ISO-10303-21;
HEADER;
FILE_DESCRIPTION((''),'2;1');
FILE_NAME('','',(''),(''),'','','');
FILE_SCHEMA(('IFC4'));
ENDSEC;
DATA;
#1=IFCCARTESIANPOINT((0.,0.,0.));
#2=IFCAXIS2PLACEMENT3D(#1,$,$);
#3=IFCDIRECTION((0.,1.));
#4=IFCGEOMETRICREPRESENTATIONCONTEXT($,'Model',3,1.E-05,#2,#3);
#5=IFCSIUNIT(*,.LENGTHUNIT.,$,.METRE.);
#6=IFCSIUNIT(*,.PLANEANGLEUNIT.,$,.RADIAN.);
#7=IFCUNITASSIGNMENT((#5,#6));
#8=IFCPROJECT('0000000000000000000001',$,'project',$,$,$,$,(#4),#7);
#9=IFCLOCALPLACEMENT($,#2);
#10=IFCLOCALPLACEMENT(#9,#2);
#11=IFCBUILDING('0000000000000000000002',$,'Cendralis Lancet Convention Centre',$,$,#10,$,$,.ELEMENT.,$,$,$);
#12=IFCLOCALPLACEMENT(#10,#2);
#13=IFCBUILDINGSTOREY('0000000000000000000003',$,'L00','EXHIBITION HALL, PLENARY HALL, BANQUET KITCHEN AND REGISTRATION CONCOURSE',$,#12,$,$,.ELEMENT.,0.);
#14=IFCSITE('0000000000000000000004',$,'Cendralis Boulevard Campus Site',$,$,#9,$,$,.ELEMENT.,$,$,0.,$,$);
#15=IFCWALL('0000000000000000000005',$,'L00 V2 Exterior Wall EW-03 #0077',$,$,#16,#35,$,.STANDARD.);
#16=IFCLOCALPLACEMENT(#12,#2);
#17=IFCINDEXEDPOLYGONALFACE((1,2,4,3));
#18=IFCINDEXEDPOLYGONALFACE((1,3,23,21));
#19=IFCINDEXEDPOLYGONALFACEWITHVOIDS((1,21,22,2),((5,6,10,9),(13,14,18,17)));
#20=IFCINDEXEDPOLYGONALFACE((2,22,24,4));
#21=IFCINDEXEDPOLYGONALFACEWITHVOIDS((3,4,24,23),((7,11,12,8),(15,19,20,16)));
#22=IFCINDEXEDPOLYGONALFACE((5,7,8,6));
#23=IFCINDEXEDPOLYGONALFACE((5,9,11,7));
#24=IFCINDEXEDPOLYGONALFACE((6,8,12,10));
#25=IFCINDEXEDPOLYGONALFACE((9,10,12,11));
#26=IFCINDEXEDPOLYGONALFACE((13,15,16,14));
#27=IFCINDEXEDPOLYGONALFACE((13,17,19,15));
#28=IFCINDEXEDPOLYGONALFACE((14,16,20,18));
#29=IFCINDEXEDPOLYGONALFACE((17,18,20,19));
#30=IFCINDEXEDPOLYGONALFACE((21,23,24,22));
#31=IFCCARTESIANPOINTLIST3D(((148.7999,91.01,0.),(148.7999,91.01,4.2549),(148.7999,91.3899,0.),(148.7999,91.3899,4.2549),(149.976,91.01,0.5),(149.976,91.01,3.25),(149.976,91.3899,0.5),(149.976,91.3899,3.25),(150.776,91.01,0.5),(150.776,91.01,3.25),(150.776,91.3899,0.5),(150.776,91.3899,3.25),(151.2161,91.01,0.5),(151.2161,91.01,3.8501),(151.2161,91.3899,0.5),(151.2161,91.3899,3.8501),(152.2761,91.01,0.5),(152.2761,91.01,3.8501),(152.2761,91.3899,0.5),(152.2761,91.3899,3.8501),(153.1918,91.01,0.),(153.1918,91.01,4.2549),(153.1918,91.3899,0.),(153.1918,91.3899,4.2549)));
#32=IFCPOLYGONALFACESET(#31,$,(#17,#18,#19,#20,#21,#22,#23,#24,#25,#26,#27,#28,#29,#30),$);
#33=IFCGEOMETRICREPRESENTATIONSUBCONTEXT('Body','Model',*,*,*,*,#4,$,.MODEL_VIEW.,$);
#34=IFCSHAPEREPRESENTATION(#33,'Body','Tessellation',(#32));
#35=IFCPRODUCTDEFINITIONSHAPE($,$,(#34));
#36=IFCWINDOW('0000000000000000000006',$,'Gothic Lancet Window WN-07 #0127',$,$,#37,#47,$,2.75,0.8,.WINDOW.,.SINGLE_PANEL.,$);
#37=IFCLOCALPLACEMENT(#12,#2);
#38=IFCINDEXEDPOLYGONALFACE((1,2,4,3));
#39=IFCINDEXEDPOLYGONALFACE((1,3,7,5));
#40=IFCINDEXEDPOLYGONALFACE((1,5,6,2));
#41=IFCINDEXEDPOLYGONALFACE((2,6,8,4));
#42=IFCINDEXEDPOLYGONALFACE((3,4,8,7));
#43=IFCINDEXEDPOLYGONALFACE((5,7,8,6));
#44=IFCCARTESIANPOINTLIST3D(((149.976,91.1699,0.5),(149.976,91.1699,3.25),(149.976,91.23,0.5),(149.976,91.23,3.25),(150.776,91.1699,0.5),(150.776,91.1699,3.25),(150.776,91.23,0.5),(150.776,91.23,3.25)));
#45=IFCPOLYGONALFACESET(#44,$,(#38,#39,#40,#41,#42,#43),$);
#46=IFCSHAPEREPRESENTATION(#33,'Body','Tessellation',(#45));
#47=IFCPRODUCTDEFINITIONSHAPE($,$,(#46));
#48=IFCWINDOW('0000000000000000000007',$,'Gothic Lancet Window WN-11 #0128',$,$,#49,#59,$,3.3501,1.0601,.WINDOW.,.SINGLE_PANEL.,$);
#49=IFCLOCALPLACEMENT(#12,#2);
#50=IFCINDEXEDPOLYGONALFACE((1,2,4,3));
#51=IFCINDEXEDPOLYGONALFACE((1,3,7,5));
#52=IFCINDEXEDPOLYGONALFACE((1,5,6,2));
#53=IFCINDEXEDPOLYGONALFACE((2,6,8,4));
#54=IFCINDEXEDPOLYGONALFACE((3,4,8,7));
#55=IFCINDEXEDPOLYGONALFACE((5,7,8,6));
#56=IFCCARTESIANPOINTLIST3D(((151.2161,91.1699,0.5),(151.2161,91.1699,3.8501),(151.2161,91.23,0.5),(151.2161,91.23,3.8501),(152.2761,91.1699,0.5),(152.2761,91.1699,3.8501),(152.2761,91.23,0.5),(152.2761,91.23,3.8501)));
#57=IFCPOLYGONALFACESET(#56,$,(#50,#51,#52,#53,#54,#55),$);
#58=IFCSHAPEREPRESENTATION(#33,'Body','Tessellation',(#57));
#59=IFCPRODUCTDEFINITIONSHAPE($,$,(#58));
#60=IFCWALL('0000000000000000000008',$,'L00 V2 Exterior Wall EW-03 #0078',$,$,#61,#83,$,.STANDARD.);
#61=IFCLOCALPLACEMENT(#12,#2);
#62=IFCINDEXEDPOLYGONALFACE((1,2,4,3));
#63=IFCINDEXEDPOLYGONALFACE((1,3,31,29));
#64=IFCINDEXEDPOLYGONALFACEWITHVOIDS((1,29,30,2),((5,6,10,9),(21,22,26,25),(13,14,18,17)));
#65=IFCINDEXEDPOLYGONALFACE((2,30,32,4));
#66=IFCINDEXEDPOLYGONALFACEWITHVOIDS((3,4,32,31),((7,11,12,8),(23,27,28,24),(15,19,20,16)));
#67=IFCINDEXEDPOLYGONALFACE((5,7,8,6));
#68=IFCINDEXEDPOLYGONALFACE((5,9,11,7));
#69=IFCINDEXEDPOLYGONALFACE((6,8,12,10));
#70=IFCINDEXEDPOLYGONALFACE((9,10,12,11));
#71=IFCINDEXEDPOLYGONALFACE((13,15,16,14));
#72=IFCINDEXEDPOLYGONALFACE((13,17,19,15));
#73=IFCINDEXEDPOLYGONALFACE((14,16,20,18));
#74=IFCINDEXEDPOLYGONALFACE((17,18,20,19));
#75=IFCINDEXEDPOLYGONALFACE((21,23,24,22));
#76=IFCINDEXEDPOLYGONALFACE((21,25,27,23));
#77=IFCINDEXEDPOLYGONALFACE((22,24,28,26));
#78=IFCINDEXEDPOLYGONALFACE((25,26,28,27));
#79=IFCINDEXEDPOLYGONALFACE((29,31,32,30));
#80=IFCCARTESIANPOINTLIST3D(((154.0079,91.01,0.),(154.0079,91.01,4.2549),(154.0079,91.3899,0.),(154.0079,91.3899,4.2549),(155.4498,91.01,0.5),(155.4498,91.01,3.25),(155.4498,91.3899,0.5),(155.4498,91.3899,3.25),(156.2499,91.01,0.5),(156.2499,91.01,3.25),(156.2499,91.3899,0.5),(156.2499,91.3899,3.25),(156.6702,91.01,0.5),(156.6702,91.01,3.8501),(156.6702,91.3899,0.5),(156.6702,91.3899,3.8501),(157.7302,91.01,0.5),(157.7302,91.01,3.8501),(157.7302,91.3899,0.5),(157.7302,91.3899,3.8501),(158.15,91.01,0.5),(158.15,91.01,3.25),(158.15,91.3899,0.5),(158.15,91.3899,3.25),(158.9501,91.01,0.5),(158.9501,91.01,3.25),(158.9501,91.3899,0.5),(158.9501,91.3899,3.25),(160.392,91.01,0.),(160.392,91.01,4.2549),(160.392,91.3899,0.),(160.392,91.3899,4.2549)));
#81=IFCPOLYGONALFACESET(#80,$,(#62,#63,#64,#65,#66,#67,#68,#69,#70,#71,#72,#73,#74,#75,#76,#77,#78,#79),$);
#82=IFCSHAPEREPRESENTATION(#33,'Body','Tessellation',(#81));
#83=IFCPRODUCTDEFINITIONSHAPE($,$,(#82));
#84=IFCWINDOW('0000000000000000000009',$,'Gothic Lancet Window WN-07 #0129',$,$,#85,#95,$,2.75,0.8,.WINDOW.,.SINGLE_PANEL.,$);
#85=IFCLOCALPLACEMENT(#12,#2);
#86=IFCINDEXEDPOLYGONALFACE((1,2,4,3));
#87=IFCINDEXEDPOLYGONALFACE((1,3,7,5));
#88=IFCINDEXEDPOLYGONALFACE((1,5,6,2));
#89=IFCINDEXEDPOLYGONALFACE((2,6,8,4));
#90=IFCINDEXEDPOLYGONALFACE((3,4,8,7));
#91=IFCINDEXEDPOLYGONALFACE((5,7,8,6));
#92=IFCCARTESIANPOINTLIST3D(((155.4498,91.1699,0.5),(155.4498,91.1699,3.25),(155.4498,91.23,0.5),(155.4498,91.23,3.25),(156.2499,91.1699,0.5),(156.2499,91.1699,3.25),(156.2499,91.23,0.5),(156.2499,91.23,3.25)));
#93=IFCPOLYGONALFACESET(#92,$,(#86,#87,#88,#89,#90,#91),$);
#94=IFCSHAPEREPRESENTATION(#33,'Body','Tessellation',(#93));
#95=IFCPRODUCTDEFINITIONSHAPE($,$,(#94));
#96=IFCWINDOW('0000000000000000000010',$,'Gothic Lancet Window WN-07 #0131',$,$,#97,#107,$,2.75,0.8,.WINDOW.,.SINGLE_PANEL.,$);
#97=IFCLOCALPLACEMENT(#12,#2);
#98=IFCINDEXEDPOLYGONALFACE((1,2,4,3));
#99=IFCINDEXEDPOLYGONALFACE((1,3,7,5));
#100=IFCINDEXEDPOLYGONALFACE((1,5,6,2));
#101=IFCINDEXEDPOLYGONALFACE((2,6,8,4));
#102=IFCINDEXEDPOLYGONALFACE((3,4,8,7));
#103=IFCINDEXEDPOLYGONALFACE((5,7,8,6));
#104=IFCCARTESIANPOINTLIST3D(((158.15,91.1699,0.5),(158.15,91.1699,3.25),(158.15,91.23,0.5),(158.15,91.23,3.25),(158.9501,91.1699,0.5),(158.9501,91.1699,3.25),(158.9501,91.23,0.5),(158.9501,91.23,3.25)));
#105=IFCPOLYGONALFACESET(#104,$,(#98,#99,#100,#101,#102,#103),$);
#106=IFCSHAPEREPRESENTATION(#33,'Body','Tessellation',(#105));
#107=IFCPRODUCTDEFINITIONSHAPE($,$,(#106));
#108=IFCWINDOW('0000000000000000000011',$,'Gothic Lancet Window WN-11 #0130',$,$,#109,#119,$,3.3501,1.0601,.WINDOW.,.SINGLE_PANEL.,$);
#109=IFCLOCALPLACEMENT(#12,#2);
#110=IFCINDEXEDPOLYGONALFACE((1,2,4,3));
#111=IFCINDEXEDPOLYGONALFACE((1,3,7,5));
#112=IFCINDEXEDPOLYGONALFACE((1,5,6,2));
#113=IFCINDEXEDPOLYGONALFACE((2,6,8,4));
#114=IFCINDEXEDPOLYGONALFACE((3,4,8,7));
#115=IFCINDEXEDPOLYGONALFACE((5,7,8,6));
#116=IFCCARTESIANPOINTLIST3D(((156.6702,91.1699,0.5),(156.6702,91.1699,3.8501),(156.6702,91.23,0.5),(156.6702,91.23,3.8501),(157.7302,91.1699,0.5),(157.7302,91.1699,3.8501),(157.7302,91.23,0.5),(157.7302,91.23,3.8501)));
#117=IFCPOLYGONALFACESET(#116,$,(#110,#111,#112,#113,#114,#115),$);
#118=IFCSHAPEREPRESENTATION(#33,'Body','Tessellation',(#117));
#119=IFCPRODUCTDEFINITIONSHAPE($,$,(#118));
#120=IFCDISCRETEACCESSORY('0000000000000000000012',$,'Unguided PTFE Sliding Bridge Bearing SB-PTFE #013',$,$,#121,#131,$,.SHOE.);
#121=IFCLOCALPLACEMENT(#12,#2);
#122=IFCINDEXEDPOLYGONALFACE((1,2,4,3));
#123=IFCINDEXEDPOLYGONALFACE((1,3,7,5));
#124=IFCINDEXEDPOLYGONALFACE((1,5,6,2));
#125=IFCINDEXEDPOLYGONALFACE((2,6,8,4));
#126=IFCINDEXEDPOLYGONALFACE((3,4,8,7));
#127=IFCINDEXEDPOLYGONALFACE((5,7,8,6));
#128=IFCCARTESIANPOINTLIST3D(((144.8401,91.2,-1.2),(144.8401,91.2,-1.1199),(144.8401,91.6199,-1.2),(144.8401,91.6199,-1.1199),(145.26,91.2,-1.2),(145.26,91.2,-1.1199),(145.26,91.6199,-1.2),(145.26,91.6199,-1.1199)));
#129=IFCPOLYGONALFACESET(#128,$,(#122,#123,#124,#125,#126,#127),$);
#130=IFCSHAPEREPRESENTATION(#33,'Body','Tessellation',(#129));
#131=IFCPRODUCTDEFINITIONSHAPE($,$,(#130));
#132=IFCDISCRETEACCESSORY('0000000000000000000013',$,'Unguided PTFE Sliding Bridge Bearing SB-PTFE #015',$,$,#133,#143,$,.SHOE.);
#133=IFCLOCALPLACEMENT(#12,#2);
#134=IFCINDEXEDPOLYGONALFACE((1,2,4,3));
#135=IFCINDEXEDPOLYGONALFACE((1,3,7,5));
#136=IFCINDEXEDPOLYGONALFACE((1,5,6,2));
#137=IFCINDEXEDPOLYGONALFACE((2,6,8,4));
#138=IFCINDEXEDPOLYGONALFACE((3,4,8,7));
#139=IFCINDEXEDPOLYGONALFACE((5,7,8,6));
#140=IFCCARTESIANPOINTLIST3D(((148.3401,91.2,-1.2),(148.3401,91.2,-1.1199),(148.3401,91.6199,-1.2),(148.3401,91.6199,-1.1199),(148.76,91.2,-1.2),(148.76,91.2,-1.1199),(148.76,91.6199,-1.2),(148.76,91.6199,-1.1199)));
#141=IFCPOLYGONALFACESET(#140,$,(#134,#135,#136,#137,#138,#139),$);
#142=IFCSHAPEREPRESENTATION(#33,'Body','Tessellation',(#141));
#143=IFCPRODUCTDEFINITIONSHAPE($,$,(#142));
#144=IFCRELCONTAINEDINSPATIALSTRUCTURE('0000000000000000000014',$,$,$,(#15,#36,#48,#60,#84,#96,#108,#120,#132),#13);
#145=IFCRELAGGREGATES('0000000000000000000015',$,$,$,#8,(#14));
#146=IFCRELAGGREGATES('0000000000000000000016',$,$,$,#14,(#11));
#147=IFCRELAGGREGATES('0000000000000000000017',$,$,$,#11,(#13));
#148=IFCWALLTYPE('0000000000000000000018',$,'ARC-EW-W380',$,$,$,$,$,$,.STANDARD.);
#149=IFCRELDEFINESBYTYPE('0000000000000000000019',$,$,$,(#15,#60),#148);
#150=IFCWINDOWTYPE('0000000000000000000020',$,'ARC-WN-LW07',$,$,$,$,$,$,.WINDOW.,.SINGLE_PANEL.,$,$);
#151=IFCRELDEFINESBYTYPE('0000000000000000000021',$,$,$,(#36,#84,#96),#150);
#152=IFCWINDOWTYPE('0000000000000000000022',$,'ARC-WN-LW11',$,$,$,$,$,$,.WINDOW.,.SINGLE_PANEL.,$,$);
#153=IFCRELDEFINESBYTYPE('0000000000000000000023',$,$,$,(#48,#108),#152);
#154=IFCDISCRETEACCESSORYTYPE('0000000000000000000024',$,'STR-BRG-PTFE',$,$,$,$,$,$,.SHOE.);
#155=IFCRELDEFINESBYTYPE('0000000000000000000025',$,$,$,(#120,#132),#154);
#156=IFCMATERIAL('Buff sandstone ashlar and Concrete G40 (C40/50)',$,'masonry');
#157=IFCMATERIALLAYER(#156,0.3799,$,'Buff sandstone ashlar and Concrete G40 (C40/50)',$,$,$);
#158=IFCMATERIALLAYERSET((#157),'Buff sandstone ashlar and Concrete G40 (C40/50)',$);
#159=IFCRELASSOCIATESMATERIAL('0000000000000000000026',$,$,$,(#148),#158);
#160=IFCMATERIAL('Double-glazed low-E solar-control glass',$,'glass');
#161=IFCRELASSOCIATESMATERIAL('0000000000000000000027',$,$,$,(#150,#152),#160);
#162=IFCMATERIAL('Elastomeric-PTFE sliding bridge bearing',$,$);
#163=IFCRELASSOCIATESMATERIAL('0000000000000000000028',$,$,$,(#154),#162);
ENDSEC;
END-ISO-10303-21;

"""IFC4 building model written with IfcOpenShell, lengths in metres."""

from ifc_helpers import new_model, si_unit, direction, frame, frame_2d, origin, origin_2d, place, context, subcontext, project, spatial, rectangle, extrude, material, layer, layer_set, type_object, element, fill, save


model = new_model("IFC4")

# Units and contexts
model_context = context("Model", 3, precision=1e-05, world=origin(), true_north=direction((0.0, 1.0)))
body_context = subcontext(model_context, "Body", "Model", "MODEL_VIEW")
ifc_project = project(units=[si_unit("LENGTHUNIT", "METRE"), si_unit("PLANEANGLEUNIT", "RADIAN")], contexts=[model_context])

# Site, building, storey
site_placement = place(None, origin())
site = spatial("IfcSite", under=ifc_project, at=site_placement, Name="Cendralis Boulevard Campus Site", CompositionType="ELEMENT", RefElevation=0.0)
building_placement = place(site_placement, origin())
building = spatial("IfcBuilding", under=site, at=building_placement, Name="Cendralis Lancet Convention Centre", CompositionType="ELEMENT")
storey_placement = place(building_placement, origin())
storey = spatial("IfcBuildingStorey", under=building, at=storey_placement, Name="L00", Description="EXHIBITION HALL, PLENARY HALL, BANQUET KITCHEN AND REGISTRATION CONCOURSE", CompositionType="ELEMENT", Elevation=0.0)

# Walls, openings, windows
ifc_material_1 = material(Name="Buff sandstone ashlar and Concrete G40 (C40/50)", Category="masonry")
ifc_layer = layer(ifc_material_1, 0.3799, Name="Buff sandstone ashlar and Concrete G40 (C40/50)")
ifc_layer_set = layer_set([ifc_layer], Name="Buff sandstone ashlar and Concrete G40 (C40/50)")
wall_type = type_object("IfcWallType", Name="ARC-EW-W380", PredefinedType="STANDARD", material=ifc_layer_set)
wall_1_placement = place(storey_placement, frame((148.8, 91.2, 0.0), z_axis=(0.0, 0.0, 1.0), x_axis=(1.0, 0.0, 0.0)))
wall_1 = element("IfcWall", 1, at=wall_1_placement, inside=storey, type_object=wall_type, Name="L00 V2 Exterior Wall EW-03 #0077", PredefinedType="STANDARD", context=body_context, shape_type="SweptSolid", body=[
    extrude(rectangle(XDim=4.3918, YDim=0.3799, at=frame_2d((2.1958, 0.0))), origin(), (0.0, 0.0, 1.0), 4.2549),
])
opening_1_placement = place(wall_1_placement, frame((1.176, 0.0, 0.5)))
opening_1 = element("IfcOpeningElement", 2, at=opening_1_placement, cuts=wall_1, PredefinedType="OPENING", context=body_context, shape_type="SweptSolid", body=[
    extrude(rectangle(XDim=0.8, YDim=2.75, at=frame_2d((0.3999, 1.375))), frame((0.0, 0.2, 0.0), z_axis=(0.0, -1.0, 0.0), x_axis=(1.0, 0.0, 0.0)), (0.0, 0.0, 1.0), 0.3999),
])
opening_2_placement = place(wall_1_placement, frame((2.416, 0.0, 0.5)))
opening_2 = element("IfcOpeningElement", 3, at=opening_2_placement, cuts=wall_1, PredefinedType="OPENING", context=body_context, shape_type="SweptSolid", body=[
    extrude(rectangle(XDim=1.0601, YDim=3.3501, at=frame_2d((0.53, 1.675))), frame((0.0, 0.2, 0.0), z_axis=(0.0, -1.0, 0.0), x_axis=(1.0, 0.0, 0.0)), (0.0, 0.0, 1.0), 0.3999),
])
ifc_material_2 = material(Name="Double-glazed low-E solar-control glass", Category="glass")
window_type_1 = type_object("IfcWindowType", Name="ARC-WN-LW07", PartitioningType="SINGLE_PANEL", PredefinedType="WINDOW", material=ifc_material_2)
window_1_placement = place(opening_1_placement, origin())
window_1 = element("IfcWindow", 4, at=window_1_placement, inside=storey, type_object=window_type_1, Name="Gothic Lancet Window WN-07 #0127", OverallHeight=2.75, OverallWidth=0.8, PartitioningType="SINGLE_PANEL", PredefinedType="WINDOW", context=body_context, shape_type="SweptSolid", body=[
    extrude(rectangle(XDim=0.8, YDim=2.75, at=frame_2d((0.3999, 1.375))), frame((0.0, 0.03, 0.0), z_axis=(0.0, -1.0, 0.0), x_axis=(1.0, 0.0, 0.0)), (0.0, 0.0, 1.0), 0.0601),
])
fill(opening_1, window_1)
window_type_2 = type_object("IfcWindowType", Name="ARC-WN-LW11", PartitioningType="SINGLE_PANEL", PredefinedType="WINDOW", material=ifc_material_2)
window_2_placement = place(opening_2_placement, origin())
window_2 = element("IfcWindow", 5, at=window_2_placement, inside=storey, type_object=window_type_2, Name="Gothic Lancet Window WN-11 #0128", OverallHeight=3.3501, OverallWidth=1.0601, PartitioningType="SINGLE_PANEL", PredefinedType="WINDOW", context=body_context, shape_type="SweptSolid", body=[
    extrude(rectangle(XDim=1.0601, YDim=3.3501, at=frame_2d((0.53, 1.675))), frame((0.0, 0.03, 0.0), z_axis=(0.0, -1.0, 0.0), x_axis=(1.0, 0.0, 0.0)), (0.0, 0.0, 1.0), 0.0601),
])
fill(opening_2, window_2)
wall_2_placement = place(storey_placement, frame((154.0081, 91.2, 0.0), z_axis=(0.0, 0.0, 1.0), x_axis=(1.0, 0.0, 0.0)))
wall_2 = element("IfcWall", 6, at=wall_2_placement, inside=storey, type_object=wall_type, Name="L00 V2 Exterior Wall EW-03 #0078", PredefinedType="STANDARD", context=body_context, shape_type="SweptSolid", body=[
    extrude(rectangle(XDim=6.384, YDim=0.3799, at=frame_2d((3.1919, 0.0))), origin(), (0.0, 0.0, 1.0), 4.2549),
])
opening_3_placement = place(wall_2_placement, frame((1.4419, 0.0, 0.5)))
opening_3 = element("IfcOpeningElement", 7, at=opening_3_placement, cuts=wall_2, PredefinedType="OPENING", context=body_context, shape_type="SweptSolid", body=[
    extrude(rectangle(XDim=0.8, YDim=2.75, at=frame_2d((0.3999, 1.375))), frame((0.0, 0.2, 0.0), z_axis=(0.0, -1.0, 0.0), x_axis=(1.0, 0.0, 0.0)), (0.0, 0.0, 1.0), 0.3999),
])
opening_4_placement = place(wall_2_placement, frame((2.6621, 0.0, 0.5)))
opening_4 = element("IfcOpeningElement", 8, at=opening_4_placement, cuts=wall_2, PredefinedType="OPENING", context=body_context, shape_type="SweptSolid", body=[
    extrude(rectangle(XDim=1.0601, YDim=3.3501, at=frame_2d((0.53, 1.675))), frame((0.0, 0.2, 0.0), z_axis=(0.0, -1.0, 0.0), x_axis=(1.0, 0.0, 0.0)), (0.0, 0.0, 1.0), 0.3999),
])
opening_5_placement = place(wall_2_placement, frame((4.1421, 0.0, 0.5)))
opening_5 = element("IfcOpeningElement", 9, at=opening_5_placement, cuts=wall_2, PredefinedType="OPENING", context=body_context, shape_type="SweptSolid", body=[
    extrude(rectangle(XDim=0.8, YDim=2.75, at=frame_2d((0.3999, 1.375))), frame((0.0, 0.2, 0.0), z_axis=(0.0, -1.0, 0.0), x_axis=(1.0, 0.0, 0.0)), (0.0, 0.0, 1.0), 0.3999),
])
window_3_placement = place(opening_3_placement, origin())
window_3 = element("IfcWindow", 10, at=window_3_placement, inside=storey, type_object=window_type_1, Name="Gothic Lancet Window WN-07 #0129", OverallHeight=2.75, OverallWidth=0.8, PartitioningType="SINGLE_PANEL", PredefinedType="WINDOW", context=body_context, shape_type="SweptSolid", body=[
    extrude(rectangle(XDim=0.8, YDim=2.75, at=frame_2d((0.3999, 1.375))), frame((0.0, 0.03, 0.0), z_axis=(0.0, -1.0, 0.0), x_axis=(1.0, 0.0, 0.0)), (0.0, 0.0, 1.0), 0.0601),
])
fill(opening_3, window_3)
window_4_placement = place(opening_5_placement, origin())
window_4 = element("IfcWindow", 11, at=window_4_placement, inside=storey, type_object=window_type_1, Name="Gothic Lancet Window WN-07 #0131", OverallHeight=2.75, OverallWidth=0.8, PartitioningType="SINGLE_PANEL", PredefinedType="WINDOW", context=body_context, shape_type="SweptSolid", body=[
    extrude(rectangle(XDim=0.8, YDim=2.75, at=frame_2d((0.3999, 1.375))), frame((0.0, 0.03, 0.0), z_axis=(0.0, -1.0, 0.0), x_axis=(1.0, 0.0, 0.0)), (0.0, 0.0, 1.0), 0.0601),
])
fill(opening_5, window_4)
window_5_placement = place(opening_4_placement, origin())
window_5 = element("IfcWindow", 12, at=window_5_placement, inside=storey, type_object=window_type_2, Name="Gothic Lancet Window WN-11 #0130", OverallHeight=3.3501, OverallWidth=1.0601, PartitioningType="SINGLE_PANEL", PredefinedType="WINDOW", context=body_context, shape_type="SweptSolid", body=[
    extrude(rectangle(XDim=1.0601, YDim=3.3501, at=frame_2d((0.53, 1.675))), frame((0.0, 0.03, 0.0), z_axis=(0.0, -1.0, 0.0), x_axis=(1.0, 0.0, 0.0)), (0.0, 0.0, 1.0), 0.0601),
])
fill(opening_4, window_5)

# Discrete accessories
ifc_material_3 = material(Name="Elastomeric-PTFE sliding bridge bearing")
discrete_accessory_type = type_object("IfcDiscreteAccessoryType", Name="STR-BRG-PTFE", PredefinedType="SHOE", material=ifc_material_3)
for number, where, z_axis, x_axis, name in (
    (13, (145.05, 91.4099, -1.2), (0.0, 0.0, 1.0), (1.0, 0.0, 0.0), "Unguided PTFE Sliding Bridge Bearing SB-PTFE #013"),
    (14, (148.55, 91.4099, -1.2), (0.0, 0.0, 1.0), (1.0, 0.0, 0.0), "Unguided PTFE Sliding Bridge Bearing SB-PTFE #015"),
):
    element("IfcDiscreteAccessory", number, at=place(storey_placement, frame(where, z_axis=z_axis, x_axis=x_axis)), inside=storey, type_object=discrete_accessory_type, Name=name, PredefinedType="SHOE", context=body_context, shape_type="SweptSolid", body=[
        extrude(rectangle(XDim=0.4199, YDim=0.4199, at=origin_2d()), origin(), (0.0, 0.0, 1.0), 0.0801),
    ])

save(model, "model.ifc")
